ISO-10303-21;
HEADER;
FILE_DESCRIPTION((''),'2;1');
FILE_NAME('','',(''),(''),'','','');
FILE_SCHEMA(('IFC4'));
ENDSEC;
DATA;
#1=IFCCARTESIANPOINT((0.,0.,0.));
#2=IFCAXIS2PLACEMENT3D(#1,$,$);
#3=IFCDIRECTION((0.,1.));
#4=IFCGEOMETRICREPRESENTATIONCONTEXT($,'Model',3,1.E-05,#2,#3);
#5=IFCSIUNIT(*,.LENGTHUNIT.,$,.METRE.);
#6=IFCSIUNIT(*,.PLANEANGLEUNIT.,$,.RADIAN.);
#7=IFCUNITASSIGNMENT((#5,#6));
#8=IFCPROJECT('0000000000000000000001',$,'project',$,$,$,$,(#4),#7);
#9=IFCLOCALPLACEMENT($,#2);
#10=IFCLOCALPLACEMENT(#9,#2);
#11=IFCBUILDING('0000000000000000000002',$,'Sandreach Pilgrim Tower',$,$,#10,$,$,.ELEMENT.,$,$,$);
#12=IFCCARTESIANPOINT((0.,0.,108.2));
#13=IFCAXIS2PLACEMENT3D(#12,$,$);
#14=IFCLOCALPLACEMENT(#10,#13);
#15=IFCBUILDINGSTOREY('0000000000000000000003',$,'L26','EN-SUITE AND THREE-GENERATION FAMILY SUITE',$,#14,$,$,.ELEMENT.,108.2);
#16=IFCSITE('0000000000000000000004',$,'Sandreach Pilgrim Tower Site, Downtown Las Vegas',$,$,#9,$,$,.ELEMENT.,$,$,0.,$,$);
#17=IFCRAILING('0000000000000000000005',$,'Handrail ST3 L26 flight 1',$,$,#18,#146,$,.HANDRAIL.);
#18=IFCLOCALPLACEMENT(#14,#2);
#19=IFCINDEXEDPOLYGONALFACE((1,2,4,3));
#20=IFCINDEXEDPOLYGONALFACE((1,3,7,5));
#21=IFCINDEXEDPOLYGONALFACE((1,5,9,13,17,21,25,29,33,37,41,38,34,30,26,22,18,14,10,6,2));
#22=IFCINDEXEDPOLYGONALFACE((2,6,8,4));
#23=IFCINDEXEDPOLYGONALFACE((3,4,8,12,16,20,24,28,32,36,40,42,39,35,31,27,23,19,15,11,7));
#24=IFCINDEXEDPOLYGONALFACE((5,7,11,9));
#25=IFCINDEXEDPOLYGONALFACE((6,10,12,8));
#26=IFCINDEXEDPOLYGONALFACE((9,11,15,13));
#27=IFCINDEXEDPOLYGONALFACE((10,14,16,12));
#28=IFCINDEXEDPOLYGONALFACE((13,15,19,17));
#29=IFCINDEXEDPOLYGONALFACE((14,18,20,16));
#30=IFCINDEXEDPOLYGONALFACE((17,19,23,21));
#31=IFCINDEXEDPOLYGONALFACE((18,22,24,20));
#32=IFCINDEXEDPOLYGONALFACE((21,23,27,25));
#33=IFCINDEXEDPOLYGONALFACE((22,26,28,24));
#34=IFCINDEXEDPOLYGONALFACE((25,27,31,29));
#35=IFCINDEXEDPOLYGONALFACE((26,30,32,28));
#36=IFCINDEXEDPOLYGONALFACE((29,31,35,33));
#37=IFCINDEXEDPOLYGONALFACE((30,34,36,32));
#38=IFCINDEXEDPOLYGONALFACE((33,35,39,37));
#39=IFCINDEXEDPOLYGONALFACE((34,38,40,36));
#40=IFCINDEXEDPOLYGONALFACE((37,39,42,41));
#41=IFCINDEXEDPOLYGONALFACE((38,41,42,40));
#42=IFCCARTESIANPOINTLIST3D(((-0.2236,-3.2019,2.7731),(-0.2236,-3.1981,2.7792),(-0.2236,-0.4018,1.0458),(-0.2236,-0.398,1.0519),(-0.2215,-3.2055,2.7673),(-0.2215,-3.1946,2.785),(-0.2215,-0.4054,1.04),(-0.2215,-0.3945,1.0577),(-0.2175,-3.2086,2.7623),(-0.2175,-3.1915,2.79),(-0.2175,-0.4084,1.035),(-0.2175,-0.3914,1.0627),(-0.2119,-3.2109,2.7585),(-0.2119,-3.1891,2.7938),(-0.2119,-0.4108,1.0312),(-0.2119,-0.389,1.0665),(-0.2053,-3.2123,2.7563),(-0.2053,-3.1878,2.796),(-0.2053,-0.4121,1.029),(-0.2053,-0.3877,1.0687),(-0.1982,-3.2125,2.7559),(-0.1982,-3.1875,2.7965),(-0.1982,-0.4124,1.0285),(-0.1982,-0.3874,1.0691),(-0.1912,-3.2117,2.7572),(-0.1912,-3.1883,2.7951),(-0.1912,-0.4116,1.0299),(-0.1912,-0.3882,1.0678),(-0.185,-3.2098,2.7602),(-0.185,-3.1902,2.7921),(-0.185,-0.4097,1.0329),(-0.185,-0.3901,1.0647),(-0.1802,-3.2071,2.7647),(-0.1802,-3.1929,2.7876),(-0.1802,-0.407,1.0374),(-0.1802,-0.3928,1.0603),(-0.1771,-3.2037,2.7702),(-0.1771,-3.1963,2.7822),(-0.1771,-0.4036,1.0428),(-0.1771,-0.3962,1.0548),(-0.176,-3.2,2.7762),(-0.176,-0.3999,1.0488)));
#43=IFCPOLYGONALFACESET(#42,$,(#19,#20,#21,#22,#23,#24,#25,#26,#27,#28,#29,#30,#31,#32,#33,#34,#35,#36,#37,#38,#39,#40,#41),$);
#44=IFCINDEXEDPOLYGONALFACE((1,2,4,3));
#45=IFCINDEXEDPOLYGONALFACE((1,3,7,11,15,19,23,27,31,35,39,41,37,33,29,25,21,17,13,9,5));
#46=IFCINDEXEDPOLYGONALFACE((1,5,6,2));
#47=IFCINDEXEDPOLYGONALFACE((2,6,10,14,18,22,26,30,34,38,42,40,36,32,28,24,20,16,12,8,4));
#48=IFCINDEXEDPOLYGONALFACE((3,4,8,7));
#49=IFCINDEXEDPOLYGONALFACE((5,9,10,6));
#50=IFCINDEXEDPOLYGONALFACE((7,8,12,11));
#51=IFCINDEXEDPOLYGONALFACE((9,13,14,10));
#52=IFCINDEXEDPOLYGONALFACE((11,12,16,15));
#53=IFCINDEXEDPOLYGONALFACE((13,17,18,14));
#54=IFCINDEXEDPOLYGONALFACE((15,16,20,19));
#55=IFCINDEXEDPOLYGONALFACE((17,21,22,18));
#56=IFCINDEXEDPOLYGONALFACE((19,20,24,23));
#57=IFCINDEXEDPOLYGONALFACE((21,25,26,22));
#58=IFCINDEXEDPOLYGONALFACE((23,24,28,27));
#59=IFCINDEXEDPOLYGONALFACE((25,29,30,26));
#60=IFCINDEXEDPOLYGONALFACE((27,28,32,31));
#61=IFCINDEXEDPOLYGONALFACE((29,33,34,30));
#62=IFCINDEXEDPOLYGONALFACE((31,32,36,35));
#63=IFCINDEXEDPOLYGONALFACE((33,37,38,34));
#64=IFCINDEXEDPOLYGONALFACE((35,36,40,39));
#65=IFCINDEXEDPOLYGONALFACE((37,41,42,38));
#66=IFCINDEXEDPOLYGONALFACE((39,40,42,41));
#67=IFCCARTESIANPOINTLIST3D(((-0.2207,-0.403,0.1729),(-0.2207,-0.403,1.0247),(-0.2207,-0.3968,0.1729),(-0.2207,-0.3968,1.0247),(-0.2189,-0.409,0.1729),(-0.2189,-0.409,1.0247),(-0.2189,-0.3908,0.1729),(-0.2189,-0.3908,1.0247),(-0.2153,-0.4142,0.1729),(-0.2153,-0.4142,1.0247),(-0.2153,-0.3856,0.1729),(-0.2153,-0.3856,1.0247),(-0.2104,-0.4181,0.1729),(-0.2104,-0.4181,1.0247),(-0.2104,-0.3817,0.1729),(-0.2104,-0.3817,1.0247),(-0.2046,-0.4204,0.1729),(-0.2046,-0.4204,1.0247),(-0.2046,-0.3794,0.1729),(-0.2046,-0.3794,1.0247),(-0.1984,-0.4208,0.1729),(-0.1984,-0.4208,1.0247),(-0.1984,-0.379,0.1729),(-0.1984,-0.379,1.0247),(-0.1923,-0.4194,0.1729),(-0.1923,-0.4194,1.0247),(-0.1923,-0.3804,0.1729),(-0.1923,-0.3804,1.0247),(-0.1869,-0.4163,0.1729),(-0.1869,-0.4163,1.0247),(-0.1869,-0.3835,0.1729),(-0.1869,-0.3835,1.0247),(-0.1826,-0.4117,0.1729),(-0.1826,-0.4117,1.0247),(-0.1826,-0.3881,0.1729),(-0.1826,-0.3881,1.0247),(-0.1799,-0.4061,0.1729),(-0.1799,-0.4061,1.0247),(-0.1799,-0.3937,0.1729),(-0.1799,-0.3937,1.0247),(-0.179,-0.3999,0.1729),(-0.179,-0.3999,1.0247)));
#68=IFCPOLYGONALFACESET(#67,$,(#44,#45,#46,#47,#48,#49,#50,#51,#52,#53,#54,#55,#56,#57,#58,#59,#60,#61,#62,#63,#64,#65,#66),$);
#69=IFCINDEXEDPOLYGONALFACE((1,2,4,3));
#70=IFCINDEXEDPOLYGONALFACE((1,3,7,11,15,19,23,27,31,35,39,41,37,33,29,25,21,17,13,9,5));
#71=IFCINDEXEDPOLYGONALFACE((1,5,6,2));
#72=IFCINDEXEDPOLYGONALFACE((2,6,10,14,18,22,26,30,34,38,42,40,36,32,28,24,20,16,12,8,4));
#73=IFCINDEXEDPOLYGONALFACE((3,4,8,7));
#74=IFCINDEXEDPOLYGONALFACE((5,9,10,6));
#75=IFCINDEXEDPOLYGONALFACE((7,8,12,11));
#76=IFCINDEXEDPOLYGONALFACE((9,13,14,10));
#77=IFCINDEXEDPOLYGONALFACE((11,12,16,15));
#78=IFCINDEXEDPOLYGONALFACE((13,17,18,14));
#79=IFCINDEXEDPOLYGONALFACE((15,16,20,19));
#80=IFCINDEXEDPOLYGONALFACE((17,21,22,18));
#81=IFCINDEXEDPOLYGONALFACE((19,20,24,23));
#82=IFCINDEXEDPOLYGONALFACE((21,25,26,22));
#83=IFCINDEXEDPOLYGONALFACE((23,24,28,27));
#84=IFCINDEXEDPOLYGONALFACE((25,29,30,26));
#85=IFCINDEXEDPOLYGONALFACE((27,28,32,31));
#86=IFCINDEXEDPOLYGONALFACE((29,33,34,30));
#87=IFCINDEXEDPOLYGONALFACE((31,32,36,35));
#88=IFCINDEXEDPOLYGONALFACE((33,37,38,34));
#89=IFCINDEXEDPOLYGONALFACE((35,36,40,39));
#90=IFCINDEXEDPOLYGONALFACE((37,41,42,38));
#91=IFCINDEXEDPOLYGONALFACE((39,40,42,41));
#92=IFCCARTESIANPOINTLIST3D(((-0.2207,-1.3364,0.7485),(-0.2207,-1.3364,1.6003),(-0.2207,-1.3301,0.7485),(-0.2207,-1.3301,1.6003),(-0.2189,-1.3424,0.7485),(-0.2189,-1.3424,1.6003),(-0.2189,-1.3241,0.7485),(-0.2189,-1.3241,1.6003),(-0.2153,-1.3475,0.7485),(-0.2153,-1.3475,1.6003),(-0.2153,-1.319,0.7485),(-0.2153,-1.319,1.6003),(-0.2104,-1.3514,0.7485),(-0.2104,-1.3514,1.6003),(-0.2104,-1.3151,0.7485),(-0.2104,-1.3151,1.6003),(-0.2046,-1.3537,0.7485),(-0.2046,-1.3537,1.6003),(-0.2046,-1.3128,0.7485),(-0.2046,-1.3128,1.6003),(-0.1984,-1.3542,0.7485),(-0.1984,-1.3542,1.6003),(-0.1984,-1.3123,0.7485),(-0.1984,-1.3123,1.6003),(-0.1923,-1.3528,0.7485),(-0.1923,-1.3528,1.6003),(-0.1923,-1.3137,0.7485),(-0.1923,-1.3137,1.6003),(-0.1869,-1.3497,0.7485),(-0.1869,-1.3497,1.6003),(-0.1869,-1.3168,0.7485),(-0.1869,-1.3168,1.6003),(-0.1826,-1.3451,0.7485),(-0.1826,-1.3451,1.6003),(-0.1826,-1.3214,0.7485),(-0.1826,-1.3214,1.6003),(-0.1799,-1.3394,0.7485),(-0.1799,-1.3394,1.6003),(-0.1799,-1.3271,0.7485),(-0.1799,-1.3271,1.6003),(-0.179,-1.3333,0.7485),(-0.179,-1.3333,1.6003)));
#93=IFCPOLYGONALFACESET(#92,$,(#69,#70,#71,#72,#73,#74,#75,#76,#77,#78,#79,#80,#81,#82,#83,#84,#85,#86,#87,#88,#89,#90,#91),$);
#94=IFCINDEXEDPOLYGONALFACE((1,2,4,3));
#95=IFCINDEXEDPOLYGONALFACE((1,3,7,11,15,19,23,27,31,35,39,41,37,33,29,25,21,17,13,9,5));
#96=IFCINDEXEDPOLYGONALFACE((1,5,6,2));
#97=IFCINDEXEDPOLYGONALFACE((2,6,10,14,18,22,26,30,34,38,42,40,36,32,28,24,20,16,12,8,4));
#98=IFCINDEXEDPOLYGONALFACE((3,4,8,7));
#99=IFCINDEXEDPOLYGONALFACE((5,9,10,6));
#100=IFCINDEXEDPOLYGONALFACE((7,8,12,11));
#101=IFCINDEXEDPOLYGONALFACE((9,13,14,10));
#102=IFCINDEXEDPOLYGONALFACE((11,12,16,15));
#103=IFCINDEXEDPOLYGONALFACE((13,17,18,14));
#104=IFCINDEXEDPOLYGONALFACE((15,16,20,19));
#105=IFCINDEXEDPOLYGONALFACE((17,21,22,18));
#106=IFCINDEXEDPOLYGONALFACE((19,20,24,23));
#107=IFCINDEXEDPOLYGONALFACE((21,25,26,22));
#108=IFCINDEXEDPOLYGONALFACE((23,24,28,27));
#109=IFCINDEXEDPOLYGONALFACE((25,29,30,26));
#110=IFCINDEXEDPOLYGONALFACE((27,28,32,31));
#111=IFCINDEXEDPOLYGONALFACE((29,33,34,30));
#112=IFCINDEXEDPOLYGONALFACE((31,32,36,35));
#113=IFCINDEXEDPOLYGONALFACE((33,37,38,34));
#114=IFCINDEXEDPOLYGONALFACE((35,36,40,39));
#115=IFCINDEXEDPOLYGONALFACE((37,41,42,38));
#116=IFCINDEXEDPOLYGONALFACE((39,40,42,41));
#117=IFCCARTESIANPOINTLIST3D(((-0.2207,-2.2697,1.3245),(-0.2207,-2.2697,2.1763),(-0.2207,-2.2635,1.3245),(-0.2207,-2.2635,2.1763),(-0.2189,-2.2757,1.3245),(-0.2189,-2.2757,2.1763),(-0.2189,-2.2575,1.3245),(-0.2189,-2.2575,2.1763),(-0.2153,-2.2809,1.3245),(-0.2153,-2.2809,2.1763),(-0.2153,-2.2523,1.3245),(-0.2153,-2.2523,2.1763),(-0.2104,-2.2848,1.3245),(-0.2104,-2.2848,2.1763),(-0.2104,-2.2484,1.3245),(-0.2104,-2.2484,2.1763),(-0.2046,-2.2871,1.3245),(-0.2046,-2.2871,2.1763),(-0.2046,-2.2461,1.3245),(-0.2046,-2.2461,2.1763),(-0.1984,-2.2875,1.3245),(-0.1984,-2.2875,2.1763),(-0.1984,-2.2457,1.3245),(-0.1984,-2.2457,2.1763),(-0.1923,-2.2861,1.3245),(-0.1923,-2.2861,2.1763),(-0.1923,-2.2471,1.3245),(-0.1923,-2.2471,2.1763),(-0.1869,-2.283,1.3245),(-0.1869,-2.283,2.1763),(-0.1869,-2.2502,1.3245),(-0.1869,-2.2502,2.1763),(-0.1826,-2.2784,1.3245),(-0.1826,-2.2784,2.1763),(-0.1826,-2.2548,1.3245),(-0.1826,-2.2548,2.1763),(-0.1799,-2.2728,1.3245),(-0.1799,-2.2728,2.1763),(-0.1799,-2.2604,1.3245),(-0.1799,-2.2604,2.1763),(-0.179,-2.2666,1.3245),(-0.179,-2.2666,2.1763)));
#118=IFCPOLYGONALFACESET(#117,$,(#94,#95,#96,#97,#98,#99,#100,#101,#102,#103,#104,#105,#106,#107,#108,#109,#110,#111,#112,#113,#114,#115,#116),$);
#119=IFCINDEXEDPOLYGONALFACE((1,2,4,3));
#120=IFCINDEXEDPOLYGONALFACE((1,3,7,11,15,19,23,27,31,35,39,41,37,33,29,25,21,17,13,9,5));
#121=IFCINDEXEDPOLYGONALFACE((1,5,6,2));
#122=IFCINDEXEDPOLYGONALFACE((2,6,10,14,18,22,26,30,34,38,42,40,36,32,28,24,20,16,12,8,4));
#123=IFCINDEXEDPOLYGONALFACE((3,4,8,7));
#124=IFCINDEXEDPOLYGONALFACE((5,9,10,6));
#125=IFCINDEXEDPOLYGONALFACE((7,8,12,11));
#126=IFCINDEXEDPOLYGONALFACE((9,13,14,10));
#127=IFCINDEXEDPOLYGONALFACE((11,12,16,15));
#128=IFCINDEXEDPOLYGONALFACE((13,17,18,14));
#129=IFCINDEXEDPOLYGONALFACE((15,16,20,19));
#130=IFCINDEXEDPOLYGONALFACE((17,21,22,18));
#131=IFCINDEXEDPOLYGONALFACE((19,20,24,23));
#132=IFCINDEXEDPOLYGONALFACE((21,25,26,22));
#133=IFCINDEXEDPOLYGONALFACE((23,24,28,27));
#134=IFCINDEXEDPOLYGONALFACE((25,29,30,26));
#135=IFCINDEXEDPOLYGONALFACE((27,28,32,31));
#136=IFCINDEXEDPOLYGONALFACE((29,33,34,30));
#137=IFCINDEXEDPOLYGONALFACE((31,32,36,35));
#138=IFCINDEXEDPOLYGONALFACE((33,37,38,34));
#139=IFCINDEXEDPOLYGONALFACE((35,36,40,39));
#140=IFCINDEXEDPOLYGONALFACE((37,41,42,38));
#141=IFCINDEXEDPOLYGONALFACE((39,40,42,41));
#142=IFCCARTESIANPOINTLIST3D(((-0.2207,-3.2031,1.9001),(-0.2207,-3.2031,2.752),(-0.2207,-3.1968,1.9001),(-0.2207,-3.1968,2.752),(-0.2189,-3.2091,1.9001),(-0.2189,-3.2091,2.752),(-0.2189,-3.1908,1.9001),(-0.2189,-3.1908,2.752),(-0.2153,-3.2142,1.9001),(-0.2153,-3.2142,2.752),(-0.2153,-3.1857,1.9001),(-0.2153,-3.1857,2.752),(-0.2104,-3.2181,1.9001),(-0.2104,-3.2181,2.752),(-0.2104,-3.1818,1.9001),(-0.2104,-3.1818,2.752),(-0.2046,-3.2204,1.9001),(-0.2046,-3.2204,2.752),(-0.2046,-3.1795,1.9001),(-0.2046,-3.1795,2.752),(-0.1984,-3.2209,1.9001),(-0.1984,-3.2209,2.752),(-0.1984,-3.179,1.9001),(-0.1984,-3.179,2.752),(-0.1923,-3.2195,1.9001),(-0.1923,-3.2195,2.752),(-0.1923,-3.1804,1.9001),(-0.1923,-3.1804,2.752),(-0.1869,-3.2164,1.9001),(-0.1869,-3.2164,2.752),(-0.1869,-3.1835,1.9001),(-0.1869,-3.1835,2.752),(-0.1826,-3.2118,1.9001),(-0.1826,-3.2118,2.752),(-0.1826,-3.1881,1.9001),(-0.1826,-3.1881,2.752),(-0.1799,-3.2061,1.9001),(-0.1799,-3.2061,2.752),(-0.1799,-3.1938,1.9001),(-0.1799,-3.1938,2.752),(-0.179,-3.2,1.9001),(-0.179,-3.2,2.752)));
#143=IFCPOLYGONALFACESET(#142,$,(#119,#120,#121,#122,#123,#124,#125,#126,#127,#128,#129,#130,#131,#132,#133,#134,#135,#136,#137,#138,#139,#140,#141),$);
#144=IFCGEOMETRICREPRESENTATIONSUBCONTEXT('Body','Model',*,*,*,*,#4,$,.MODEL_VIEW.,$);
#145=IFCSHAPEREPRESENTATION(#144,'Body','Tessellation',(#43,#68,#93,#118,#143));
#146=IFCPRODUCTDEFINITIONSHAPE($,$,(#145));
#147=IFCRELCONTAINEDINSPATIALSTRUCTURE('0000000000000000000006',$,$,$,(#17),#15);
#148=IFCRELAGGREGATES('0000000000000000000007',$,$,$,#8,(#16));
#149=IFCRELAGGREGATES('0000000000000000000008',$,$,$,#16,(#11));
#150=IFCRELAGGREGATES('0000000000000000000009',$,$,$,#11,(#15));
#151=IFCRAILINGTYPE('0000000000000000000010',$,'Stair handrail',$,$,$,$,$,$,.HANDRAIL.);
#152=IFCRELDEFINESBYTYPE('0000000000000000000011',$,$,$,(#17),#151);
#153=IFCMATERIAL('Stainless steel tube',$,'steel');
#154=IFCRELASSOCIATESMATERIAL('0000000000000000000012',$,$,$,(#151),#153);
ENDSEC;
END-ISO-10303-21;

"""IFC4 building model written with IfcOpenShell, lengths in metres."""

from ifc_helpers import new_model, si_unit, direction, frame, origin, origin_2d, place, context, subcontext, project, spatial, circle, extrude, material, type_object, element, save


model = new_model("IFC4")

# Units and contexts
model_context = context("Model", 3, precision=1e-05, world=origin(), true_north=direction((0.0, 1.0)))
body_context = subcontext(model_context, "Body", "Model", "MODEL_VIEW")
ifc_project = project(units=[si_unit("LENGTHUNIT", "METRE"), si_unit("PLANEANGLEUNIT", "RADIAN")], contexts=[model_context])

# Site, building, storey
site_placement = place(None, origin())
site = spatial("IfcSite", under=ifc_project, at=site_placement, Name="Sandreach Pilgrim Tower Site, Downtown Las Vegas", CompositionType="ELEMENT", RefElevation=0.0)
building_placement = place(site_placement, origin())
building = spatial("IfcBuilding", under=site, at=building_placement, Name="Sandreach Pilgrim Tower", CompositionType="ELEMENT")
storey_placement = place(building_placement, frame((0.0, 0.0, 108.2)))
storey = spatial("IfcBuildingStorey", under=building, at=storey_placement, Name="L26", Description="EN-SUITE AND THREE-GENERATION FAMILY SUITE", CompositionType="ELEMENT", Elevation=108.2)

# Railing
ifc_material_1 = material(Name="Stainless steel tube", Category="steel")
railing_type = type_object("IfcRailingType", Name="Stair handrail", PredefinedType="HANDRAIL", material=ifc_material_1)
for number, where, name in (
    (1, (-0.2, -0.3999, 0.1729), "Handrail ST3 L26 flight 1"),
):
    element("IfcRailing", number, at=place(storey_placement, frame(where)), inside=storey, type_object=railing_type, Name=name, PredefinedType="HANDRAIL", context=body_context, shape_type="SweptSolid", body=[
        extrude(circle(Radius=0.0239, at=origin_2d()), frame((0.0, 0.0, 0.876), z_axis=(0.0, -0.85109, 0.52502), x_axis=(1.0, 0.0, 0.0)), (0.0, 0.0, 1.0), 3.29),
        extrude(circle(Radius=0.021, at=origin_2d()), origin(), (0.0, 0.0, 1.0), 0.8518),
        extrude(circle(Radius=0.021, at=origin_2d()), frame((0.0, -0.9333, 0.5757)), (0.0, 0.0, 1.0), 0.8518),
        extrude(circle(Radius=0.021, at=origin_2d()), frame((0.0, -1.8667, 1.1516)), (0.0, 0.0, 1.0), 0.8518),
        extrude(circle(Radius=0.021, at=origin_2d()), frame((0.0, -2.8, 1.7273)), (0.0, 0.0, 1.0), 0.8518),
    ])

save(model, "model.ifc")
